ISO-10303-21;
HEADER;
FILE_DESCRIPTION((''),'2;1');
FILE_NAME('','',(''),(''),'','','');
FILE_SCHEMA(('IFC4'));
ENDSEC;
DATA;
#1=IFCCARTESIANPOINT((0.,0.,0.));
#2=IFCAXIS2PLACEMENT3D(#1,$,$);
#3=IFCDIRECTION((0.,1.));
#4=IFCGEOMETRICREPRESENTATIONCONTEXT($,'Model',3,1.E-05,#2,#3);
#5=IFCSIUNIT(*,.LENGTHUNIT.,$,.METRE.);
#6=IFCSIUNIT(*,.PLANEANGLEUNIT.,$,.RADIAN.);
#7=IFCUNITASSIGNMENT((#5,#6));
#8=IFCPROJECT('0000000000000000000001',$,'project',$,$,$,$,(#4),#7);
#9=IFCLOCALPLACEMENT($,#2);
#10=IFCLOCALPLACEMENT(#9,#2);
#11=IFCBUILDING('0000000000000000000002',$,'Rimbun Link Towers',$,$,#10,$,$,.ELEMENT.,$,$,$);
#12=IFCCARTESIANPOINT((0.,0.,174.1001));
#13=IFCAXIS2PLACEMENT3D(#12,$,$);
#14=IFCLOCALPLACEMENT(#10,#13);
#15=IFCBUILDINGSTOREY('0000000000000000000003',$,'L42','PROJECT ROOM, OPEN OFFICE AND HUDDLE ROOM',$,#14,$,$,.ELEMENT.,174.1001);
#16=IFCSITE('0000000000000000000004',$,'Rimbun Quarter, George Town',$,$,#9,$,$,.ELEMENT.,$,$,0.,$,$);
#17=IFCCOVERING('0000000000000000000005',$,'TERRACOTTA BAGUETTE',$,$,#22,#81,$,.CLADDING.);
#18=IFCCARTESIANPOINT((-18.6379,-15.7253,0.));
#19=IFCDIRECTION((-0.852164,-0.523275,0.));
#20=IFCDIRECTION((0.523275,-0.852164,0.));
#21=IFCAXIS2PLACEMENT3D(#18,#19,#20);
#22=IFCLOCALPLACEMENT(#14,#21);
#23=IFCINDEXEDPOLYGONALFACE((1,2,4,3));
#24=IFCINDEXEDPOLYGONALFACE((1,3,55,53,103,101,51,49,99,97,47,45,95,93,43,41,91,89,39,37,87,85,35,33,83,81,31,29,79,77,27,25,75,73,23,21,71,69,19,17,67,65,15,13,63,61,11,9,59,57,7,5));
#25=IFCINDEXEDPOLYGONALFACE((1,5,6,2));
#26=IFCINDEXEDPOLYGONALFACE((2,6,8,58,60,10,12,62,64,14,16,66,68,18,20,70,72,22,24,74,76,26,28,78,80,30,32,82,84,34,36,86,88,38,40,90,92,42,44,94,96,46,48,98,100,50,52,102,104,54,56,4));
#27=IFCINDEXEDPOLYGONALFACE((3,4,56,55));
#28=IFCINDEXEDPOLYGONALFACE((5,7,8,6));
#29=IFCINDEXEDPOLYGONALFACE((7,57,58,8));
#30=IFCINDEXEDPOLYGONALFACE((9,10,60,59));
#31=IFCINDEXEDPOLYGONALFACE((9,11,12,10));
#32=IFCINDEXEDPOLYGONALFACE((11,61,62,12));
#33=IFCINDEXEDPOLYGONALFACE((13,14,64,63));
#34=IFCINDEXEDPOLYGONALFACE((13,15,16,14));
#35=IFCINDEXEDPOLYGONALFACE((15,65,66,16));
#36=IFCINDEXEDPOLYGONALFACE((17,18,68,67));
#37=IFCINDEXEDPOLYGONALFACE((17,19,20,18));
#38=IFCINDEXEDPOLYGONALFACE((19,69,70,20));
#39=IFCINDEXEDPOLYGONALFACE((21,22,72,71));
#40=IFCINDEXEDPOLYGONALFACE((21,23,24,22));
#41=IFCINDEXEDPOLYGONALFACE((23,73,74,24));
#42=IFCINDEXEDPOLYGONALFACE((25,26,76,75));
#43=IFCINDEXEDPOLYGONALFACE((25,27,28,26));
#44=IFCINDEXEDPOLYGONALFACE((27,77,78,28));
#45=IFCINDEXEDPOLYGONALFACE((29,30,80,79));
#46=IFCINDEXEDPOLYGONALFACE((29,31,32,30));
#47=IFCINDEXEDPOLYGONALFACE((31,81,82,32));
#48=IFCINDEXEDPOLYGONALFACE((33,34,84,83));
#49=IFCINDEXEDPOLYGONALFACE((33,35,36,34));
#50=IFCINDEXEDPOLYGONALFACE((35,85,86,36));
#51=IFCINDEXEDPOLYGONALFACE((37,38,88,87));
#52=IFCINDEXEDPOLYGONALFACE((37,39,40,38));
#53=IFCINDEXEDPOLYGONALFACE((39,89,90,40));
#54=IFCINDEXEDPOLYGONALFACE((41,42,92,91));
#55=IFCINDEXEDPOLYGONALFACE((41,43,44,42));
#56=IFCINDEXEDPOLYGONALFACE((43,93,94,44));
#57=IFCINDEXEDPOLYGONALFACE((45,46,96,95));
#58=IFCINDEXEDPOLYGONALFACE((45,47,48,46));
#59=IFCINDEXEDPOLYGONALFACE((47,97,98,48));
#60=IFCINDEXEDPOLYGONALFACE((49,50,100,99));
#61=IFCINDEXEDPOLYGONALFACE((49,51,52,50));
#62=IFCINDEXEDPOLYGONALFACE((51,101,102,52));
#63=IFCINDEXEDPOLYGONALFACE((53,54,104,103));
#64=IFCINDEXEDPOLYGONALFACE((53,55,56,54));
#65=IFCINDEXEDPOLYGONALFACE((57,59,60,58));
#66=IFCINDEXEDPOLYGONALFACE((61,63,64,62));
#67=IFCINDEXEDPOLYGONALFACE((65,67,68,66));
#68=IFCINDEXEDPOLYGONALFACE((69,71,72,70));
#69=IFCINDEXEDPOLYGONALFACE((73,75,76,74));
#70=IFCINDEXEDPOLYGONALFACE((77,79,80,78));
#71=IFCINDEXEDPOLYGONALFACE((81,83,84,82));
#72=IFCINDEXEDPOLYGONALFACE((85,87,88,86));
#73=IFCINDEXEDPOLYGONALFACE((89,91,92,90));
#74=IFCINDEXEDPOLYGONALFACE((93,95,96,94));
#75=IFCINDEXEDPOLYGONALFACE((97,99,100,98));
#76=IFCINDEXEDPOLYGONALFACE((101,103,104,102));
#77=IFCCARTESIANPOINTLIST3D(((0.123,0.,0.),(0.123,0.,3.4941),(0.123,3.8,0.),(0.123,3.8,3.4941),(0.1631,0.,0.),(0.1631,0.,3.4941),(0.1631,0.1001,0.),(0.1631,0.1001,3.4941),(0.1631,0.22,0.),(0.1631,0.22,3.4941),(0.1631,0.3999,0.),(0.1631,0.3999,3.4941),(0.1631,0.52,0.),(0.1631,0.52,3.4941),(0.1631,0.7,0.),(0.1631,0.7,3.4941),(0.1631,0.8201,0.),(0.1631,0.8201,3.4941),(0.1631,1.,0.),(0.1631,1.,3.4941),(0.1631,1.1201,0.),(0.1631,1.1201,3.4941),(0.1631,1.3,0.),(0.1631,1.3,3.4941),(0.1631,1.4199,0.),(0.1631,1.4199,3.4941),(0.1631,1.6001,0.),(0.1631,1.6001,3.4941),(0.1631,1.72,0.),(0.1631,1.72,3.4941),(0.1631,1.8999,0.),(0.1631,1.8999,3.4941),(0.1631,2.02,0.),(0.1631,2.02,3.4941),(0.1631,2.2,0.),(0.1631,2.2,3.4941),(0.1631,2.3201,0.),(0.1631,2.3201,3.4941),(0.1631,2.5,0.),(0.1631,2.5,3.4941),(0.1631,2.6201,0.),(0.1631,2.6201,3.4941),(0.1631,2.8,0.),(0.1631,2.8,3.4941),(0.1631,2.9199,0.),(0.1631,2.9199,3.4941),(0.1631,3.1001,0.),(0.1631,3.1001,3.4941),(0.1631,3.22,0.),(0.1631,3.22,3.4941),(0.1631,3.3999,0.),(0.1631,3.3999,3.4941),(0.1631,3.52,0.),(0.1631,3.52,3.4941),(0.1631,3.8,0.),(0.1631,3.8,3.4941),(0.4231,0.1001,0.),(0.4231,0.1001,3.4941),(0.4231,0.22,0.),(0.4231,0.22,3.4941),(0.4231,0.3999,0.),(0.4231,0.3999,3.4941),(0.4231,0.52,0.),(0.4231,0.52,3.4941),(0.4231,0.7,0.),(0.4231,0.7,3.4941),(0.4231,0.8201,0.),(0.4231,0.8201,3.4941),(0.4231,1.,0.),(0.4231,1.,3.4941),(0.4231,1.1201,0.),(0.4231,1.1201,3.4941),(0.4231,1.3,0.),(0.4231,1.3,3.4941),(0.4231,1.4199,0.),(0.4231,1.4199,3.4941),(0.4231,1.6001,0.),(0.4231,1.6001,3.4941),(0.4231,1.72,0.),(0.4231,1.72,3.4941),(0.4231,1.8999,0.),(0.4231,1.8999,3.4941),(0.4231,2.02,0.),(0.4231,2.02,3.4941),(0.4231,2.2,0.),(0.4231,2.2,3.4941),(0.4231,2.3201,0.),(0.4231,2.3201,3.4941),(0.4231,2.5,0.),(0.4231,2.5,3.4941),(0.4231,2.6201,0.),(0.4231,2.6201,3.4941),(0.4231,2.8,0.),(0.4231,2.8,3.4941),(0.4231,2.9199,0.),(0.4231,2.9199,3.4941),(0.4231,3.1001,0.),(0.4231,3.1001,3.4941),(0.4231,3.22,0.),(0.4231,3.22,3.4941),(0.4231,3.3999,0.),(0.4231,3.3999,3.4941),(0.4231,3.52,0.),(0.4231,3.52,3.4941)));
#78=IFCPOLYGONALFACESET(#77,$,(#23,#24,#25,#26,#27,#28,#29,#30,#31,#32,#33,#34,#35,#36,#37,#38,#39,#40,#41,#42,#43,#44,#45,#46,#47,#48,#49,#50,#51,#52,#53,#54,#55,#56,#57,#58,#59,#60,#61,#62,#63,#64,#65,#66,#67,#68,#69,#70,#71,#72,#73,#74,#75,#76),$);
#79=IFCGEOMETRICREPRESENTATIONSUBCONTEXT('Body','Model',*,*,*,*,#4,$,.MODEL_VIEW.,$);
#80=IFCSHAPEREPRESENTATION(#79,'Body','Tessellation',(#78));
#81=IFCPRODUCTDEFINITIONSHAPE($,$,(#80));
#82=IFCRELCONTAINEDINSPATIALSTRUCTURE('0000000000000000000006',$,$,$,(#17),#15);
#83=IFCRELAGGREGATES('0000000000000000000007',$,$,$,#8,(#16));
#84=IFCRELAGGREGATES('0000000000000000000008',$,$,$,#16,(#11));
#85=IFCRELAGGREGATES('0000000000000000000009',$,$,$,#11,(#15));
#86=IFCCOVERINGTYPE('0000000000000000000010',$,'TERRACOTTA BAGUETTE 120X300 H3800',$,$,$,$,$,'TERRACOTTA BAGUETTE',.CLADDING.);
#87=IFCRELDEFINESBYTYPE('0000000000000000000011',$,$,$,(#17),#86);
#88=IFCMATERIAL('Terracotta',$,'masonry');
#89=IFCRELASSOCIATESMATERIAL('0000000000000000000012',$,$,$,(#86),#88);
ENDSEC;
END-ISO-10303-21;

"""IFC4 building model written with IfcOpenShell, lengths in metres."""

from ifc_helpers import new_model, si_unit, direction, frame, origin, place, context, subcontext, project, spatial, polyline, outline, extrude, material, material_profile, profile_set, type_object, element, save


model = new_model("IFC4")

# Units and contexts
model_context = context("Model", 3, precision=1e-05, world=origin(), true_north=direction((0.0, 1.0)))
body_context = subcontext(model_context, "Body", "Model", "MODEL_VIEW")
ifc_project = project(units=[si_unit("LENGTHUNIT", "METRE"), si_unit("PLANEANGLEUNIT", "RADIAN")], contexts=[model_context])

# Site, building, storey
site_placement = place(None, origin())
site = spatial("IfcSite", under=ifc_project, at=site_placement, Name="Rimbun Quarter, George Town", CompositionType="ELEMENT", RefElevation=0.0)
building_placement = place(site_placement, origin())
building = spatial("IfcBuilding", under=site, at=building_placement, Name="Rimbun Link Towers", CompositionType="ELEMENT")
storey_placement = place(building_placement, frame((0.0, 0.0, 174.1001)))
storey = spatial("IfcBuildingStorey", under=building, at=storey_placement, Name="L42", Description="PROJECT ROOM, OPEN OFFICE AND HUDDLE ROOM", CompositionType="ELEMENT", Elevation=174.1001)

# Covering
ifc_material_1 = material(Name="Terracotta", Category="masonry")
ifc_material_profile_1 = material_profile(ifc_material_1, outline(polyline([(0.123, 0.0), (0.1631, 0.0), (0.1631, 0.1001), (0.4231, 0.1001), (0.4231, 0.22), (0.1631, 0.22), (0.1631, 0.3999), (0.4231, 0.3999), (0.4231, 0.52), (0.1631, 0.52), (0.1631, 0.7), (0.4231, 0.7), (0.4231, 0.8201), (0.1631, 0.8201), (0.1631, 1.0), (0.4231, 1.0), (0.4231, 1.1201), (0.1631, 1.1201), (0.1631, 1.3), (0.4231, 1.3), (0.4231, 1.4199), (0.1631, 1.4199), (0.1631, 1.6001), (0.4231, 1.6001), (0.4231, 1.72), (0.1631, 1.72), (0.1631, 1.8999), (0.4231, 1.8999), (0.4231, 2.02), (0.1631, 2.02), (0.1631, 2.2), (0.4231, 2.2), (0.4231, 2.3201), (0.1631, 2.3201), (0.1631, 2.5), (0.4231, 2.5), (0.4231, 2.6201), (0.1631, 2.6201), (0.1631, 2.8), (0.4231, 2.8), (0.4231, 2.9199), (0.1631, 2.9199), (0.1631, 3.1001), (0.4231, 3.1001), (0.4231, 3.22), (0.1631, 3.22), (0.1631, 3.3999), (0.4231, 3.3999), (0.4231, 3.52), (0.1631, 3.52), (0.1631, 3.8), (0.123, 3.8), (0.123, 0.0)])), Name="BAGUETTE 120X300")
ifc_profile_set_1 = profile_set([ifc_material_profile_1], Name="Terracotta")
covering_type = type_object("IfcCoveringType", Name="TERRACOTTA BAGUETTE 120X300 H3800", ElementType="TERRACOTTA BAGUETTE", PredefinedType="CLADDING", material=ifc_profile_set_1)
covering_1_placement = place(storey_placement, frame((-18.6379, -15.7253, 0.0), z_axis=(-0.852164, -0.523275, 0.0), x_axis=(0.523275, -0.852164, 0.0)))
element("IfcCovering", 1, at=covering_1_placement, inside=storey, type_object=covering_type, Name="TERRACOTTA BAGUETTE", PredefinedType="CLADDING", context=body_context, shape_type="SweptSolid", body=[
    extrude(outline(polyline([(0.123, 0.0), (0.1631, 0.0), (0.1631, 0.1001), (0.4231, 0.1001), (0.4231, 0.22), (0.1631, 0.22), (0.1631, 0.3999), (0.4231, 0.3999), (0.4231, 0.52), (0.1631, 0.52), (0.1631, 0.7), (0.4231, 0.7), (0.4231, 0.8201), (0.1631, 0.8201), (0.1631, 1.0), (0.4231, 1.0), (0.4231, 1.1201), (0.1631, 1.1201), (0.1631, 1.3), (0.4231, 1.3), (0.4231, 1.4199), (0.1631, 1.4199), (0.1631, 1.6001), (0.4231, 1.6001), (0.4231, 1.72), (0.1631, 1.72), (0.1631, 1.8999), (0.4231, 1.8999), (0.4231, 2.02), (0.1631, 2.02), (0.1631, 2.2), (0.4231, 2.2), (0.4231, 2.3201), (0.1631, 2.3201), (0.1631, 2.5), (0.4231, 2.5), (0.4231, 2.6201), (0.1631, 2.6201), (0.1631, 2.8), (0.4231, 2.8), (0.4231, 2.9199), (0.1631, 2.9199), (0.1631, 3.1001), (0.4231, 3.1001), (0.4231, 3.22), (0.1631, 3.22), (0.1631, 3.3999), (0.4231, 3.3999), (0.4231, 3.52), (0.1631, 3.52), (0.1631, 3.8), (0.123, 3.8), (0.123, 0.0)])), origin(), (0.0, 0.0, 1.0), 3.4941),
])

save(model, "model.ifc")
